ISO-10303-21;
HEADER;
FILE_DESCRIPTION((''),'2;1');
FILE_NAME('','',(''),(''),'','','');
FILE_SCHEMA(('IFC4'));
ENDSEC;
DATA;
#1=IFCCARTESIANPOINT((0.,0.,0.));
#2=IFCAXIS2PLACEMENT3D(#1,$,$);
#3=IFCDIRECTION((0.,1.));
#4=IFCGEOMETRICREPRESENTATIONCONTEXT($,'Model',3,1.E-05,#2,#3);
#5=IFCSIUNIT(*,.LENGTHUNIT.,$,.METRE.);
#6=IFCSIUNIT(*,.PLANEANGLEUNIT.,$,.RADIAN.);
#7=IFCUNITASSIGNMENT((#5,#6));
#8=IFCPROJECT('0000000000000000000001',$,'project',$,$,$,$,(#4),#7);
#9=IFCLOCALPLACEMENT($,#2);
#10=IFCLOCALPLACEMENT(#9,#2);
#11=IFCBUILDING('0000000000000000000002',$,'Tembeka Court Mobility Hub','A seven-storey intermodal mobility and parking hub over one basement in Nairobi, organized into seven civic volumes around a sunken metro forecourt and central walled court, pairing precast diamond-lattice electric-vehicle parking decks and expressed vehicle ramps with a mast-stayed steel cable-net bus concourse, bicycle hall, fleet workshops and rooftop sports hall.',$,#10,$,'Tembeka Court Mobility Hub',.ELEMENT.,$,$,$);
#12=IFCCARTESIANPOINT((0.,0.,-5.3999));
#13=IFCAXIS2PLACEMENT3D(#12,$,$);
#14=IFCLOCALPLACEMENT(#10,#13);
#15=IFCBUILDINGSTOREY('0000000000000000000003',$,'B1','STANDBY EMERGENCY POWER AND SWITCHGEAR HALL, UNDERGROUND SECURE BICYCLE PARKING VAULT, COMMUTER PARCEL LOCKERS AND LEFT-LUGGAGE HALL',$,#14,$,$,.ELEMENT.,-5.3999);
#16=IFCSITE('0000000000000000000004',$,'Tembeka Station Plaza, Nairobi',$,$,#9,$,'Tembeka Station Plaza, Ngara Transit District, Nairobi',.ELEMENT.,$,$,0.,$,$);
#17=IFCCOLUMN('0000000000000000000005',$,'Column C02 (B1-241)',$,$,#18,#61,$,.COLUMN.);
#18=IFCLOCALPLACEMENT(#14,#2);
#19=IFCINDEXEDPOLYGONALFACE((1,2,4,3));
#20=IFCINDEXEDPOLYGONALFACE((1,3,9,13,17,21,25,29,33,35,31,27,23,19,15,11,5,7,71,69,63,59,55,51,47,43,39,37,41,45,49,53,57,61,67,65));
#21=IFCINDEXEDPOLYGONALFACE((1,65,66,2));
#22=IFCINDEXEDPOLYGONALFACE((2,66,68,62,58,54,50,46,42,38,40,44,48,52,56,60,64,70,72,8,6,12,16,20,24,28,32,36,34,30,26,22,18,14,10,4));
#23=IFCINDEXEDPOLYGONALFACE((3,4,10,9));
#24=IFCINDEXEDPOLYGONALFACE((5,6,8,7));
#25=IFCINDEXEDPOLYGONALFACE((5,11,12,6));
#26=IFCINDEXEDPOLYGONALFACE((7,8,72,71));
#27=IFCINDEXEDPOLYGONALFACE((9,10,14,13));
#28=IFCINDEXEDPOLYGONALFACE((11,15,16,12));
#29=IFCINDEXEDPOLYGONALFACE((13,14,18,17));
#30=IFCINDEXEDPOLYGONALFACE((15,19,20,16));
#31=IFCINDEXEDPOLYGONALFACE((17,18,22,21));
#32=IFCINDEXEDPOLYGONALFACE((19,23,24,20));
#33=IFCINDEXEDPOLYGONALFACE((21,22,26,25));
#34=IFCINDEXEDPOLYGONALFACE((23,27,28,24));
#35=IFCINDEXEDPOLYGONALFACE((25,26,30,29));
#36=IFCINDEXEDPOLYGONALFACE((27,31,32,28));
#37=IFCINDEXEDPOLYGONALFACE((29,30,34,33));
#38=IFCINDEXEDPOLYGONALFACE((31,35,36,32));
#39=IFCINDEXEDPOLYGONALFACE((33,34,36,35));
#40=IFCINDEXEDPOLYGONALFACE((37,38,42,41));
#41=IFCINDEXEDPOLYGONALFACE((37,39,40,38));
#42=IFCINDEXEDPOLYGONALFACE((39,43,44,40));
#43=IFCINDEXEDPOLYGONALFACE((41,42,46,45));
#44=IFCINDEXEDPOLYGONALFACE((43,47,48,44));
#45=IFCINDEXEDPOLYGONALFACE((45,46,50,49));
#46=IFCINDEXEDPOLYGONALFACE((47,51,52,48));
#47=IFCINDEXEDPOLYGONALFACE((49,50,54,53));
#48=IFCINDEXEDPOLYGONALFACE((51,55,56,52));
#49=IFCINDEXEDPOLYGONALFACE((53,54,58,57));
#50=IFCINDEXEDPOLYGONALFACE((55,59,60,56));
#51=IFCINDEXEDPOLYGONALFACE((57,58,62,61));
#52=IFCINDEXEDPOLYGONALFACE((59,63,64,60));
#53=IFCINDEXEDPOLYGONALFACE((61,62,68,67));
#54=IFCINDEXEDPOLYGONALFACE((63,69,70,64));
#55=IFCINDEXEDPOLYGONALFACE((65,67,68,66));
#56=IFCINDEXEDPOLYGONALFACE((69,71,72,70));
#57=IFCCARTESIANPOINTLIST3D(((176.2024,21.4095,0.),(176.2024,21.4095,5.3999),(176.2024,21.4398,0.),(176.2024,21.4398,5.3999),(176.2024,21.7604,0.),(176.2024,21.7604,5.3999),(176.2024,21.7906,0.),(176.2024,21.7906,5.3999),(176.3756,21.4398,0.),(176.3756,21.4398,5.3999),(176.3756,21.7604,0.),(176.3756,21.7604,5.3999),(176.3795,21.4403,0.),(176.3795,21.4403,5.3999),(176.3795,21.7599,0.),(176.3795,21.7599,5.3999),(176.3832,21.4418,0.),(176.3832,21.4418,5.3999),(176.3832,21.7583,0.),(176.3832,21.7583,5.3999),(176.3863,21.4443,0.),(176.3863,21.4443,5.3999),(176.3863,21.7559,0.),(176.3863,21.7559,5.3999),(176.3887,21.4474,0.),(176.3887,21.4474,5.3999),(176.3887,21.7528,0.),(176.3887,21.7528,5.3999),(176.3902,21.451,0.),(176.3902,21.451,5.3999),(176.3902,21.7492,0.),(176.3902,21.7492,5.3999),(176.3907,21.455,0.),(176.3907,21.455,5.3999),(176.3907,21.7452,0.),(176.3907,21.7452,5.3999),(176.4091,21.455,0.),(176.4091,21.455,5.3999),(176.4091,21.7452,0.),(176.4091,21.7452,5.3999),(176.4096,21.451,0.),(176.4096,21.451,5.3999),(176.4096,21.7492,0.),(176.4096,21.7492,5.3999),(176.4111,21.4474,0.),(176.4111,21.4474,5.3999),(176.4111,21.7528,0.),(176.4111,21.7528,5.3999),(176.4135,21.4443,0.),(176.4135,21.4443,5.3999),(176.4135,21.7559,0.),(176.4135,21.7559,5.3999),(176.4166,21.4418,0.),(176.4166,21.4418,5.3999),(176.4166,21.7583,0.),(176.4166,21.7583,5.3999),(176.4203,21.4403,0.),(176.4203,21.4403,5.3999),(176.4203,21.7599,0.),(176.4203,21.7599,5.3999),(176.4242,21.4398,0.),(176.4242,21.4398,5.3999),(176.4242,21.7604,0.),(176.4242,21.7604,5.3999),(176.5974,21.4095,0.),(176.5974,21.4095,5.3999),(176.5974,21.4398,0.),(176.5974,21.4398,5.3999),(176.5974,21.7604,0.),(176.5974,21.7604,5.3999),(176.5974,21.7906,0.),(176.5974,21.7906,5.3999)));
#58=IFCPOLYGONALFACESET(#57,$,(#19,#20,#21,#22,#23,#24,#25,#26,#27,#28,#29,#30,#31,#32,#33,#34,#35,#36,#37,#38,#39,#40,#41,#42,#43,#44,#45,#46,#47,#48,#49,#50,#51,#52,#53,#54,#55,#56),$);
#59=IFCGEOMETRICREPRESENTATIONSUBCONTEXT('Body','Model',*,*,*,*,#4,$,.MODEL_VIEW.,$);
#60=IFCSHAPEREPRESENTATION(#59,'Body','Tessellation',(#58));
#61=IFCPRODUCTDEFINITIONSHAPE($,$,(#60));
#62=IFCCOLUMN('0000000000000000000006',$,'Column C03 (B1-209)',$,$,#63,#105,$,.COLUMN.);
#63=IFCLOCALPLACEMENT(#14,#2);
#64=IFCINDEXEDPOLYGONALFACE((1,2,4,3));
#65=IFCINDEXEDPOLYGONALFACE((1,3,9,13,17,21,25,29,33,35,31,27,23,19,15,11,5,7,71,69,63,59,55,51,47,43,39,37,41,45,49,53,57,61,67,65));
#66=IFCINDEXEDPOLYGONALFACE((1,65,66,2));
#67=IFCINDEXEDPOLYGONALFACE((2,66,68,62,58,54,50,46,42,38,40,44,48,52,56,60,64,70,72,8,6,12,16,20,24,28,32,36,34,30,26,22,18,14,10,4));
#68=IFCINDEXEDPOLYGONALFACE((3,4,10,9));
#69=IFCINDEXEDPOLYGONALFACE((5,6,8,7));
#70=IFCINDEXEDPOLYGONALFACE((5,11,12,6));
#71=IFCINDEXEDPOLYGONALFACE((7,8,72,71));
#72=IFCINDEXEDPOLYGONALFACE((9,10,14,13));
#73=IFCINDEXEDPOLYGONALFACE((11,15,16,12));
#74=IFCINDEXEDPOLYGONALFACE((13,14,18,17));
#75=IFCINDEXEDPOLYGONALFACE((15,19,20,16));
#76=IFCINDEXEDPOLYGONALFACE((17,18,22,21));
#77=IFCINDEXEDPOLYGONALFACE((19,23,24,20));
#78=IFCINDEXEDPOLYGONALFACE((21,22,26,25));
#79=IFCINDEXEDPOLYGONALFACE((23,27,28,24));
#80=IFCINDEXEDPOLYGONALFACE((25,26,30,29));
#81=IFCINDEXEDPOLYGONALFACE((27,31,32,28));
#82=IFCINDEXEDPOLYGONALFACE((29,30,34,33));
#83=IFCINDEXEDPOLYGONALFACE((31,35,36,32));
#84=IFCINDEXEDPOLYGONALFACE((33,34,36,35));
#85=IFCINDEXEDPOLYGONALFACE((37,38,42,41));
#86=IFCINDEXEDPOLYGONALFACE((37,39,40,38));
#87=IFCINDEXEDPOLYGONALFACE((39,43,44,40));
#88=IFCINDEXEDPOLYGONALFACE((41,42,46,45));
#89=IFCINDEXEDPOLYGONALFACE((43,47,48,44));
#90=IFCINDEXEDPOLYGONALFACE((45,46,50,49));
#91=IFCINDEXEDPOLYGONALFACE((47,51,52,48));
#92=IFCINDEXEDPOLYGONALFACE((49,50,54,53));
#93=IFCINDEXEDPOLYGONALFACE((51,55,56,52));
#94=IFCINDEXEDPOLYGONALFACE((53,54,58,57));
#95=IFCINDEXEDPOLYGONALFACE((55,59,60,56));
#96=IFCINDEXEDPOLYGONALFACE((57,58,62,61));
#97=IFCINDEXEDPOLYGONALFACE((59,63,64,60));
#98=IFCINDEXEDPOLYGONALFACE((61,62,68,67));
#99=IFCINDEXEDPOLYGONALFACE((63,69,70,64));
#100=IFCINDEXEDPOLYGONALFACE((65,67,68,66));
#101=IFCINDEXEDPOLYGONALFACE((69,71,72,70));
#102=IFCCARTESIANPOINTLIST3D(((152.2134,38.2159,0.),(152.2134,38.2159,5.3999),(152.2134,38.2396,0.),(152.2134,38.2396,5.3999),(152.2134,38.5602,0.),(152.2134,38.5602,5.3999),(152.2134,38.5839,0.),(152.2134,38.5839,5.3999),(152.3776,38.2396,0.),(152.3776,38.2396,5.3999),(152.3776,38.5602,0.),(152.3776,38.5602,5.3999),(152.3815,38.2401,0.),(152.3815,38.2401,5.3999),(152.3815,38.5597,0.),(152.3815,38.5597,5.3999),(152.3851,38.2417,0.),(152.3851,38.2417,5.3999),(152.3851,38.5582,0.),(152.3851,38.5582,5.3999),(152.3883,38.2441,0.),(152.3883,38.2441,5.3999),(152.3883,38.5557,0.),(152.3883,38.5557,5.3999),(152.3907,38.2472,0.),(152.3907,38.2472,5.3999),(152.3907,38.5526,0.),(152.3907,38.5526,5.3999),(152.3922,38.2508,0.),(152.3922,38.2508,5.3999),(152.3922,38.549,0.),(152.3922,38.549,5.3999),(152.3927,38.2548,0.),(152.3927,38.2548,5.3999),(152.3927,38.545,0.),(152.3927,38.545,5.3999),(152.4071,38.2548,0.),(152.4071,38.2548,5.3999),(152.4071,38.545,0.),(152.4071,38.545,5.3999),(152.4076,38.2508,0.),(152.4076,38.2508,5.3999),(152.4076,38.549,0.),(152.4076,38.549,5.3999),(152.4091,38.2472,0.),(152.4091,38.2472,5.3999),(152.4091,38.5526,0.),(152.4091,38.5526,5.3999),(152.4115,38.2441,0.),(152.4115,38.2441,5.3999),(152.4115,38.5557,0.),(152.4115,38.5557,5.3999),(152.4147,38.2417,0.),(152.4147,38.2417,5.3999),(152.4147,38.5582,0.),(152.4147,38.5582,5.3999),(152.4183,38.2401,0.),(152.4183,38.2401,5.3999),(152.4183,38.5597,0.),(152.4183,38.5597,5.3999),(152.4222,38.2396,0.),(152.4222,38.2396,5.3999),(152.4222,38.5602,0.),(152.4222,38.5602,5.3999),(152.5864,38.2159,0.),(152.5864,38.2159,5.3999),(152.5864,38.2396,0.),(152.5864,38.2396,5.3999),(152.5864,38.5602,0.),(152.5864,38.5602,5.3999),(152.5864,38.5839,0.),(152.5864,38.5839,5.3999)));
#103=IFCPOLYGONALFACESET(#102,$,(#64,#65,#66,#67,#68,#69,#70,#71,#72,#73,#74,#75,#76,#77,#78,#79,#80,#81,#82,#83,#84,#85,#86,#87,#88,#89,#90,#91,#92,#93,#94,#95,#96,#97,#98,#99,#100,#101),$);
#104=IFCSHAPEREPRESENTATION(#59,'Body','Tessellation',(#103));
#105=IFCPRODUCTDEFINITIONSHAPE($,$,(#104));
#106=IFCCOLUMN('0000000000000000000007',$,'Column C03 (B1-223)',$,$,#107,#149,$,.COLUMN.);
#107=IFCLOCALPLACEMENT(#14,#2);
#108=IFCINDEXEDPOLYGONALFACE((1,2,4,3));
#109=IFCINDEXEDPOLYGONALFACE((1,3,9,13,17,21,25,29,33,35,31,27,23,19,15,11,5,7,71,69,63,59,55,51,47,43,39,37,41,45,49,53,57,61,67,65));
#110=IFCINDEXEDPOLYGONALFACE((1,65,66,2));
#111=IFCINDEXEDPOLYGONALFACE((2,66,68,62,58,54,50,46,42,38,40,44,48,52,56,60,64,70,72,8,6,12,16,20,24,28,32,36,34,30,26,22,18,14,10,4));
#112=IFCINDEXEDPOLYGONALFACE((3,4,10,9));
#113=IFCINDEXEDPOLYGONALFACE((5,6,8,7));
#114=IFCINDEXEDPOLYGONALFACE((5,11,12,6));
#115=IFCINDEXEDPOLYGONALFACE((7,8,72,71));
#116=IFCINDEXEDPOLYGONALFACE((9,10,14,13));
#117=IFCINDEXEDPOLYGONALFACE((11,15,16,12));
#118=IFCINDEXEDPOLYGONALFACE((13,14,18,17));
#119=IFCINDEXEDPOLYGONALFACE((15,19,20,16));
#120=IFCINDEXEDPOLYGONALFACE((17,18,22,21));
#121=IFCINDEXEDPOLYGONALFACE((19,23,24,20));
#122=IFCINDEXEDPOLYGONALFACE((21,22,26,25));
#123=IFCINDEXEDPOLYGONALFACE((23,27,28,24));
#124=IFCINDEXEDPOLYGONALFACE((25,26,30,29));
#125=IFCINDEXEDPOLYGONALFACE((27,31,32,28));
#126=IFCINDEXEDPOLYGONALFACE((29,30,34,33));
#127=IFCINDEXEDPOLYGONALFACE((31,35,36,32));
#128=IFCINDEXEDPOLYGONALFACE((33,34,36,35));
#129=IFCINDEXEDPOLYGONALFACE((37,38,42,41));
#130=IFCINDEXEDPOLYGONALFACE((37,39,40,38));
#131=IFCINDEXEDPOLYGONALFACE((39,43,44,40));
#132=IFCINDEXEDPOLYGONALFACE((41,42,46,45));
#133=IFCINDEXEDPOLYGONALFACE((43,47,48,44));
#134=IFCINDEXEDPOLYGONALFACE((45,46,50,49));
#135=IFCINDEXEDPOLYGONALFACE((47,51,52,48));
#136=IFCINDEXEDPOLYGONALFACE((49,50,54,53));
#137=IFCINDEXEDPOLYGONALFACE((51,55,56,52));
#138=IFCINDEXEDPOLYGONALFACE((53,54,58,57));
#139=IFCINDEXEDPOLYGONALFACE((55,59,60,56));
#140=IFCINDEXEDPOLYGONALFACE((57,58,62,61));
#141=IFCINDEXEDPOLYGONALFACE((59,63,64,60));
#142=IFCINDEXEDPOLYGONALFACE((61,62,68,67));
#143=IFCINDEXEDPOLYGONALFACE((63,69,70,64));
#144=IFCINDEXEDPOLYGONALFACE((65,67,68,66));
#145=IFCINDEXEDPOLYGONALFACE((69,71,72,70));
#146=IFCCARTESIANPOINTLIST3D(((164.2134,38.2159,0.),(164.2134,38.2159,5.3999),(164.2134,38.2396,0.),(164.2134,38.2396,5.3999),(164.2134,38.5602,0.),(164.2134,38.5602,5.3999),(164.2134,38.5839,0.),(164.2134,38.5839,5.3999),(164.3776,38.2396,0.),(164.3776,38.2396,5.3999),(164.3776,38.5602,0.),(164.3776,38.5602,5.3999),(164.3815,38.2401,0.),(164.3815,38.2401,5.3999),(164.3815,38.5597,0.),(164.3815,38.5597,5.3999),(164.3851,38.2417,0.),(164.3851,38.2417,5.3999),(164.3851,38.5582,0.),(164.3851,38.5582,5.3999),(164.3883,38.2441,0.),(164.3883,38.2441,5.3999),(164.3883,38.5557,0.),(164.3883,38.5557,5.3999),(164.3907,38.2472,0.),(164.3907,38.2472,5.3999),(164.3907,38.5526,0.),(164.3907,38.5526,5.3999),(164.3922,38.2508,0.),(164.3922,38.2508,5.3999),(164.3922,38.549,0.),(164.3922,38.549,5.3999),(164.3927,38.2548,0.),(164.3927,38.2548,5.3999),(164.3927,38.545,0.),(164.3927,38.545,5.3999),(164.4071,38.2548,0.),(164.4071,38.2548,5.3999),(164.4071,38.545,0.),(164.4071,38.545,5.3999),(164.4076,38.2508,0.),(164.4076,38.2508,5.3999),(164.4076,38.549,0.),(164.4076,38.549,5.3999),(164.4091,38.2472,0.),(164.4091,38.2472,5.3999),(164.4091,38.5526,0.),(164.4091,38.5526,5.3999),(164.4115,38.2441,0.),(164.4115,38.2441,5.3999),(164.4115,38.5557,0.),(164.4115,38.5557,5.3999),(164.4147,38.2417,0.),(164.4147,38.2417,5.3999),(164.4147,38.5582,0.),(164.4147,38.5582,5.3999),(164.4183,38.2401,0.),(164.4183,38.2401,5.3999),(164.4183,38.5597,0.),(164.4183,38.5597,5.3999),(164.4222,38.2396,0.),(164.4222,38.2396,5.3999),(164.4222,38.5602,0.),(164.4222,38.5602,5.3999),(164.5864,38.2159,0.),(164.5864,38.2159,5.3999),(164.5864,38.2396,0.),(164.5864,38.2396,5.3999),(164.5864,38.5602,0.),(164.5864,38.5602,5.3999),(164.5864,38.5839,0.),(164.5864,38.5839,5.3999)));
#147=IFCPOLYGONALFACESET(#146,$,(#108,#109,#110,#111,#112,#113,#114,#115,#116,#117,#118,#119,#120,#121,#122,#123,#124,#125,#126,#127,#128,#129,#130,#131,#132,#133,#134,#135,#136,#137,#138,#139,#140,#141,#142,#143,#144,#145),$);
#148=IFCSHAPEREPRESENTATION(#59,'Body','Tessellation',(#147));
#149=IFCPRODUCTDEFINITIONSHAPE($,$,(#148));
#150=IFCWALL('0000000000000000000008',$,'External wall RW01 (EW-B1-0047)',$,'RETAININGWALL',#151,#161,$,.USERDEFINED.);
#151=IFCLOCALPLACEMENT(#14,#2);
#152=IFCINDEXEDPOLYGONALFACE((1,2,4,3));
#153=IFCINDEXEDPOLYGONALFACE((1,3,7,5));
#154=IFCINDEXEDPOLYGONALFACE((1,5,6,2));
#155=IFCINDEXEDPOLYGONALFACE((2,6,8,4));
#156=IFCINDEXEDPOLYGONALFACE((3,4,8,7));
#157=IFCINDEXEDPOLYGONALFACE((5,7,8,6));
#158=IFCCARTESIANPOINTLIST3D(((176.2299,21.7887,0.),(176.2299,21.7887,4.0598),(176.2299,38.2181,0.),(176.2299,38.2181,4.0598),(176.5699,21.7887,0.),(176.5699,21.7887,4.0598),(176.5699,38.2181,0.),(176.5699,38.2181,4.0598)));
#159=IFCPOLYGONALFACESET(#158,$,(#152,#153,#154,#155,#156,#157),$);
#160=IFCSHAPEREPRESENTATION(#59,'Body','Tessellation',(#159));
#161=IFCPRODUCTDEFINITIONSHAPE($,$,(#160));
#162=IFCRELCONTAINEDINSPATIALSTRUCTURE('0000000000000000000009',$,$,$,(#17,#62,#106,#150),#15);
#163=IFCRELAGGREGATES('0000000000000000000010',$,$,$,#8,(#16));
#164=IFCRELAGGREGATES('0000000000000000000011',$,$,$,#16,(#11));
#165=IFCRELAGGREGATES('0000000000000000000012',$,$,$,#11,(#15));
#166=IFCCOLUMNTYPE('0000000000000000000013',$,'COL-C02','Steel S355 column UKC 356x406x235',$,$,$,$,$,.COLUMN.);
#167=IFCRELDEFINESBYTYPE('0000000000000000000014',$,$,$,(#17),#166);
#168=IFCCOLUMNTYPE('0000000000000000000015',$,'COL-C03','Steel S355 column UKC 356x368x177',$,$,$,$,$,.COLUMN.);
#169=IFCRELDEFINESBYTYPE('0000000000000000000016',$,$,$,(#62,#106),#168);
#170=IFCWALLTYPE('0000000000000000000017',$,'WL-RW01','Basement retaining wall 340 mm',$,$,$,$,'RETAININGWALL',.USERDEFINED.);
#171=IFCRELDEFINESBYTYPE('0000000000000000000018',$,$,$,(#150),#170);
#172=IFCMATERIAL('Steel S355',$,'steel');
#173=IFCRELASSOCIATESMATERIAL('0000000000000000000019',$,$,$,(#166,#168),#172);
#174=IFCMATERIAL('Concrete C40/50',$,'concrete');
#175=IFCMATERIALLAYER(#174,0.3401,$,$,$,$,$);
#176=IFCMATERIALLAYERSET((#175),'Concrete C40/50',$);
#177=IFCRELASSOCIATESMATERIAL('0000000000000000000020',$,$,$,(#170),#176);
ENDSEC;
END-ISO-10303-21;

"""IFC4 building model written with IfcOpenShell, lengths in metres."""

from ifc_helpers import new_model, si_unit, direction, frame, frame_2d, origin, origin_2d, place, context, subcontext, project, spatial, rectangle, i_section, extrude, material, layer, layer_set, material_profile, profile_set, type_object, element, save


model = new_model("IFC4")

# Units and contexts
model_context = context("Model", 3, precision=1e-05, world=origin(), true_north=direction((0.0, 1.0)))
body_context = subcontext(model_context, "Body", "Model", "MODEL_VIEW")
ifc_project = project(units=[si_unit("LENGTHUNIT", "METRE"), si_unit("PLANEANGLEUNIT", "RADIAN")], contexts=[model_context])

# Site, building, storey
site_placement = place(None, origin())
site = spatial("IfcSite", under=ifc_project, at=site_placement, Name="Tembeka Station Plaza, Nairobi", LongName="Tembeka Station Plaza, Ngara Transit District, Nairobi", CompositionType="ELEMENT", RefElevation=0.0)
building_placement = place(site_placement, origin())
building = spatial("IfcBuilding", under=site, at=building_placement, Name="Tembeka Court Mobility Hub", Description="A seven-storey intermodal mobility and parking hub over one basement in Nairobi, organized into seven civic volumes around a sunken metro forecourt and central walled court, pairing precast diamond-lattice electric-vehicle parking decks and expressed vehicle ramps with a mast-stayed steel cable-net bus concourse, bicycle hall, fleet workshops and rooftop sports hall.", LongName="Tembeka Court Mobility Hub", CompositionType="ELEMENT")
storey_placement = place(building_placement, frame((0.0, 0.0, -5.3999)))
storey = spatial("IfcBuildingStorey", under=building, at=storey_placement, Name="B1", Description="STANDBY EMERGENCY POWER AND SWITCHGEAR HALL, UNDERGROUND SECURE BICYCLE PARKING VAULT, COMMUTER PARCEL LOCKERS AND LEFT-LUGGAGE HALL", CompositionType="ELEMENT", Elevation=-5.3999)

# Shared definitions
ifc_material_1 = material(Name="Concrete C40/50", Category="concrete")

# Columns
ifc_material_2 = material(Name="Steel S355", Category="steel")
ifc_material_profile_1 = material_profile(ifc_material_2, i_section(OverallWidth=0.395, OverallDepth=0.3811, WebThickness=0.0183, FlangeThickness=0.0303, FilletRadius=0.0151, at=origin_2d()), Name="UKC 356x406x235")
ifc_profile_set_1 = profile_set([ifc_material_profile_1], Name="Steel S355")
column_type_1 = type_object("IfcColumnType", Name="COL-C02", Description="Steel S355 column UKC 356x406x235", PredefinedType="COLUMN", material=ifc_profile_set_1)
for number, where, z_axis, x_axis, name in (
    (1, (176.3999, 21.6001, 0.0), (0.0, 0.0, 1.0), (1.0, 0.0, 0.0), "Column C02 (B1-241)"),
):
    element("IfcColumn", number, at=place(storey_placement, frame(where, z_axis=z_axis, x_axis=x_axis)), inside=storey, type_object=column_type_1, Name=name, PredefinedType="COLUMN", context=body_context, shape_type="SweptSolid", body=[
        extrude(i_section(OverallWidth=0.395, OverallDepth=0.3811, WebThickness=0.0183, FlangeThickness=0.0303, FilletRadius=0.0151, at=origin_2d()), origin(), (0.0, 0.0, 1.0), 5.3999),
    ])
ifc_material_profile_2 = material_profile(ifc_material_2, i_section(OverallWidth=0.373, OverallDepth=0.3679, WebThickness=0.0144, FlangeThickness=0.0237, FilletRadius=0.0151, at=origin_2d()), Name="UKC 356x368x177")
ifc_profile_set_2 = profile_set([ifc_material_profile_2], Name="Steel S355")
column_type_2 = type_object("IfcColumnType", Name="COL-C03", Description="Steel S355 column UKC 356x368x177", PredefinedType="COLUMN", material=ifc_profile_set_2)
for number, where, z_axis, x_axis, name in (
    (2, (152.3999, 38.3999, 0.0), (0.0, 0.0, 1.0), (1.0, 0.0, 0.0), "Column C03 (B1-209)"),
    (3, (164.3999, 38.3999, 0.0), (0.0, 0.0, 1.0), (1.0, 0.0, 0.0), "Column C03 (B1-223)"),
):
    element("IfcColumn", number, at=place(storey_placement, frame(where, z_axis=z_axis, x_axis=x_axis)), inside=storey, type_object=column_type_2, Name=name, PredefinedType="COLUMN", context=body_context, shape_type="SweptSolid", body=[
        extrude(i_section(OverallWidth=0.373, OverallDepth=0.3679, WebThickness=0.0144, FlangeThickness=0.0237, FilletRadius=0.0151, at=origin_2d()), origin(), (0.0, 0.0, 1.0), 5.3999),
    ])

# Wall
ifc_layer = layer(ifc_material_1, 0.3401)
ifc_layer_set = layer_set([ifc_layer], Name="Concrete C40/50")
wall_type = type_object("IfcWallType", Name="WL-RW01", Description="Basement retaining wall 340 mm", ElementType="RETAININGWALL", PredefinedType="USERDEFINED", material=ifc_layer_set)
wall_placement = place(storey_placement, frame((176.3999, 21.7886, 0.0), z_axis=(0.0, 0.0, 1.0), x_axis=(0.0, 1.0, 0.0)))
element("IfcWall", 4, at=wall_placement, inside=storey, type_object=wall_type, Name="External wall RW01 (EW-B1-0047)", ObjectType="RETAININGWALL", PredefinedType="USERDEFINED", context=body_context, shape_type="SweptSolid", body=[
    extrude(rectangle(XDim=16.4294, YDim=0.3401, at=frame_2d((8.2148, 0.0))), origin(), (0.0, 0.0, 1.0), 4.0598),
])

save(model, "model.ifc")
